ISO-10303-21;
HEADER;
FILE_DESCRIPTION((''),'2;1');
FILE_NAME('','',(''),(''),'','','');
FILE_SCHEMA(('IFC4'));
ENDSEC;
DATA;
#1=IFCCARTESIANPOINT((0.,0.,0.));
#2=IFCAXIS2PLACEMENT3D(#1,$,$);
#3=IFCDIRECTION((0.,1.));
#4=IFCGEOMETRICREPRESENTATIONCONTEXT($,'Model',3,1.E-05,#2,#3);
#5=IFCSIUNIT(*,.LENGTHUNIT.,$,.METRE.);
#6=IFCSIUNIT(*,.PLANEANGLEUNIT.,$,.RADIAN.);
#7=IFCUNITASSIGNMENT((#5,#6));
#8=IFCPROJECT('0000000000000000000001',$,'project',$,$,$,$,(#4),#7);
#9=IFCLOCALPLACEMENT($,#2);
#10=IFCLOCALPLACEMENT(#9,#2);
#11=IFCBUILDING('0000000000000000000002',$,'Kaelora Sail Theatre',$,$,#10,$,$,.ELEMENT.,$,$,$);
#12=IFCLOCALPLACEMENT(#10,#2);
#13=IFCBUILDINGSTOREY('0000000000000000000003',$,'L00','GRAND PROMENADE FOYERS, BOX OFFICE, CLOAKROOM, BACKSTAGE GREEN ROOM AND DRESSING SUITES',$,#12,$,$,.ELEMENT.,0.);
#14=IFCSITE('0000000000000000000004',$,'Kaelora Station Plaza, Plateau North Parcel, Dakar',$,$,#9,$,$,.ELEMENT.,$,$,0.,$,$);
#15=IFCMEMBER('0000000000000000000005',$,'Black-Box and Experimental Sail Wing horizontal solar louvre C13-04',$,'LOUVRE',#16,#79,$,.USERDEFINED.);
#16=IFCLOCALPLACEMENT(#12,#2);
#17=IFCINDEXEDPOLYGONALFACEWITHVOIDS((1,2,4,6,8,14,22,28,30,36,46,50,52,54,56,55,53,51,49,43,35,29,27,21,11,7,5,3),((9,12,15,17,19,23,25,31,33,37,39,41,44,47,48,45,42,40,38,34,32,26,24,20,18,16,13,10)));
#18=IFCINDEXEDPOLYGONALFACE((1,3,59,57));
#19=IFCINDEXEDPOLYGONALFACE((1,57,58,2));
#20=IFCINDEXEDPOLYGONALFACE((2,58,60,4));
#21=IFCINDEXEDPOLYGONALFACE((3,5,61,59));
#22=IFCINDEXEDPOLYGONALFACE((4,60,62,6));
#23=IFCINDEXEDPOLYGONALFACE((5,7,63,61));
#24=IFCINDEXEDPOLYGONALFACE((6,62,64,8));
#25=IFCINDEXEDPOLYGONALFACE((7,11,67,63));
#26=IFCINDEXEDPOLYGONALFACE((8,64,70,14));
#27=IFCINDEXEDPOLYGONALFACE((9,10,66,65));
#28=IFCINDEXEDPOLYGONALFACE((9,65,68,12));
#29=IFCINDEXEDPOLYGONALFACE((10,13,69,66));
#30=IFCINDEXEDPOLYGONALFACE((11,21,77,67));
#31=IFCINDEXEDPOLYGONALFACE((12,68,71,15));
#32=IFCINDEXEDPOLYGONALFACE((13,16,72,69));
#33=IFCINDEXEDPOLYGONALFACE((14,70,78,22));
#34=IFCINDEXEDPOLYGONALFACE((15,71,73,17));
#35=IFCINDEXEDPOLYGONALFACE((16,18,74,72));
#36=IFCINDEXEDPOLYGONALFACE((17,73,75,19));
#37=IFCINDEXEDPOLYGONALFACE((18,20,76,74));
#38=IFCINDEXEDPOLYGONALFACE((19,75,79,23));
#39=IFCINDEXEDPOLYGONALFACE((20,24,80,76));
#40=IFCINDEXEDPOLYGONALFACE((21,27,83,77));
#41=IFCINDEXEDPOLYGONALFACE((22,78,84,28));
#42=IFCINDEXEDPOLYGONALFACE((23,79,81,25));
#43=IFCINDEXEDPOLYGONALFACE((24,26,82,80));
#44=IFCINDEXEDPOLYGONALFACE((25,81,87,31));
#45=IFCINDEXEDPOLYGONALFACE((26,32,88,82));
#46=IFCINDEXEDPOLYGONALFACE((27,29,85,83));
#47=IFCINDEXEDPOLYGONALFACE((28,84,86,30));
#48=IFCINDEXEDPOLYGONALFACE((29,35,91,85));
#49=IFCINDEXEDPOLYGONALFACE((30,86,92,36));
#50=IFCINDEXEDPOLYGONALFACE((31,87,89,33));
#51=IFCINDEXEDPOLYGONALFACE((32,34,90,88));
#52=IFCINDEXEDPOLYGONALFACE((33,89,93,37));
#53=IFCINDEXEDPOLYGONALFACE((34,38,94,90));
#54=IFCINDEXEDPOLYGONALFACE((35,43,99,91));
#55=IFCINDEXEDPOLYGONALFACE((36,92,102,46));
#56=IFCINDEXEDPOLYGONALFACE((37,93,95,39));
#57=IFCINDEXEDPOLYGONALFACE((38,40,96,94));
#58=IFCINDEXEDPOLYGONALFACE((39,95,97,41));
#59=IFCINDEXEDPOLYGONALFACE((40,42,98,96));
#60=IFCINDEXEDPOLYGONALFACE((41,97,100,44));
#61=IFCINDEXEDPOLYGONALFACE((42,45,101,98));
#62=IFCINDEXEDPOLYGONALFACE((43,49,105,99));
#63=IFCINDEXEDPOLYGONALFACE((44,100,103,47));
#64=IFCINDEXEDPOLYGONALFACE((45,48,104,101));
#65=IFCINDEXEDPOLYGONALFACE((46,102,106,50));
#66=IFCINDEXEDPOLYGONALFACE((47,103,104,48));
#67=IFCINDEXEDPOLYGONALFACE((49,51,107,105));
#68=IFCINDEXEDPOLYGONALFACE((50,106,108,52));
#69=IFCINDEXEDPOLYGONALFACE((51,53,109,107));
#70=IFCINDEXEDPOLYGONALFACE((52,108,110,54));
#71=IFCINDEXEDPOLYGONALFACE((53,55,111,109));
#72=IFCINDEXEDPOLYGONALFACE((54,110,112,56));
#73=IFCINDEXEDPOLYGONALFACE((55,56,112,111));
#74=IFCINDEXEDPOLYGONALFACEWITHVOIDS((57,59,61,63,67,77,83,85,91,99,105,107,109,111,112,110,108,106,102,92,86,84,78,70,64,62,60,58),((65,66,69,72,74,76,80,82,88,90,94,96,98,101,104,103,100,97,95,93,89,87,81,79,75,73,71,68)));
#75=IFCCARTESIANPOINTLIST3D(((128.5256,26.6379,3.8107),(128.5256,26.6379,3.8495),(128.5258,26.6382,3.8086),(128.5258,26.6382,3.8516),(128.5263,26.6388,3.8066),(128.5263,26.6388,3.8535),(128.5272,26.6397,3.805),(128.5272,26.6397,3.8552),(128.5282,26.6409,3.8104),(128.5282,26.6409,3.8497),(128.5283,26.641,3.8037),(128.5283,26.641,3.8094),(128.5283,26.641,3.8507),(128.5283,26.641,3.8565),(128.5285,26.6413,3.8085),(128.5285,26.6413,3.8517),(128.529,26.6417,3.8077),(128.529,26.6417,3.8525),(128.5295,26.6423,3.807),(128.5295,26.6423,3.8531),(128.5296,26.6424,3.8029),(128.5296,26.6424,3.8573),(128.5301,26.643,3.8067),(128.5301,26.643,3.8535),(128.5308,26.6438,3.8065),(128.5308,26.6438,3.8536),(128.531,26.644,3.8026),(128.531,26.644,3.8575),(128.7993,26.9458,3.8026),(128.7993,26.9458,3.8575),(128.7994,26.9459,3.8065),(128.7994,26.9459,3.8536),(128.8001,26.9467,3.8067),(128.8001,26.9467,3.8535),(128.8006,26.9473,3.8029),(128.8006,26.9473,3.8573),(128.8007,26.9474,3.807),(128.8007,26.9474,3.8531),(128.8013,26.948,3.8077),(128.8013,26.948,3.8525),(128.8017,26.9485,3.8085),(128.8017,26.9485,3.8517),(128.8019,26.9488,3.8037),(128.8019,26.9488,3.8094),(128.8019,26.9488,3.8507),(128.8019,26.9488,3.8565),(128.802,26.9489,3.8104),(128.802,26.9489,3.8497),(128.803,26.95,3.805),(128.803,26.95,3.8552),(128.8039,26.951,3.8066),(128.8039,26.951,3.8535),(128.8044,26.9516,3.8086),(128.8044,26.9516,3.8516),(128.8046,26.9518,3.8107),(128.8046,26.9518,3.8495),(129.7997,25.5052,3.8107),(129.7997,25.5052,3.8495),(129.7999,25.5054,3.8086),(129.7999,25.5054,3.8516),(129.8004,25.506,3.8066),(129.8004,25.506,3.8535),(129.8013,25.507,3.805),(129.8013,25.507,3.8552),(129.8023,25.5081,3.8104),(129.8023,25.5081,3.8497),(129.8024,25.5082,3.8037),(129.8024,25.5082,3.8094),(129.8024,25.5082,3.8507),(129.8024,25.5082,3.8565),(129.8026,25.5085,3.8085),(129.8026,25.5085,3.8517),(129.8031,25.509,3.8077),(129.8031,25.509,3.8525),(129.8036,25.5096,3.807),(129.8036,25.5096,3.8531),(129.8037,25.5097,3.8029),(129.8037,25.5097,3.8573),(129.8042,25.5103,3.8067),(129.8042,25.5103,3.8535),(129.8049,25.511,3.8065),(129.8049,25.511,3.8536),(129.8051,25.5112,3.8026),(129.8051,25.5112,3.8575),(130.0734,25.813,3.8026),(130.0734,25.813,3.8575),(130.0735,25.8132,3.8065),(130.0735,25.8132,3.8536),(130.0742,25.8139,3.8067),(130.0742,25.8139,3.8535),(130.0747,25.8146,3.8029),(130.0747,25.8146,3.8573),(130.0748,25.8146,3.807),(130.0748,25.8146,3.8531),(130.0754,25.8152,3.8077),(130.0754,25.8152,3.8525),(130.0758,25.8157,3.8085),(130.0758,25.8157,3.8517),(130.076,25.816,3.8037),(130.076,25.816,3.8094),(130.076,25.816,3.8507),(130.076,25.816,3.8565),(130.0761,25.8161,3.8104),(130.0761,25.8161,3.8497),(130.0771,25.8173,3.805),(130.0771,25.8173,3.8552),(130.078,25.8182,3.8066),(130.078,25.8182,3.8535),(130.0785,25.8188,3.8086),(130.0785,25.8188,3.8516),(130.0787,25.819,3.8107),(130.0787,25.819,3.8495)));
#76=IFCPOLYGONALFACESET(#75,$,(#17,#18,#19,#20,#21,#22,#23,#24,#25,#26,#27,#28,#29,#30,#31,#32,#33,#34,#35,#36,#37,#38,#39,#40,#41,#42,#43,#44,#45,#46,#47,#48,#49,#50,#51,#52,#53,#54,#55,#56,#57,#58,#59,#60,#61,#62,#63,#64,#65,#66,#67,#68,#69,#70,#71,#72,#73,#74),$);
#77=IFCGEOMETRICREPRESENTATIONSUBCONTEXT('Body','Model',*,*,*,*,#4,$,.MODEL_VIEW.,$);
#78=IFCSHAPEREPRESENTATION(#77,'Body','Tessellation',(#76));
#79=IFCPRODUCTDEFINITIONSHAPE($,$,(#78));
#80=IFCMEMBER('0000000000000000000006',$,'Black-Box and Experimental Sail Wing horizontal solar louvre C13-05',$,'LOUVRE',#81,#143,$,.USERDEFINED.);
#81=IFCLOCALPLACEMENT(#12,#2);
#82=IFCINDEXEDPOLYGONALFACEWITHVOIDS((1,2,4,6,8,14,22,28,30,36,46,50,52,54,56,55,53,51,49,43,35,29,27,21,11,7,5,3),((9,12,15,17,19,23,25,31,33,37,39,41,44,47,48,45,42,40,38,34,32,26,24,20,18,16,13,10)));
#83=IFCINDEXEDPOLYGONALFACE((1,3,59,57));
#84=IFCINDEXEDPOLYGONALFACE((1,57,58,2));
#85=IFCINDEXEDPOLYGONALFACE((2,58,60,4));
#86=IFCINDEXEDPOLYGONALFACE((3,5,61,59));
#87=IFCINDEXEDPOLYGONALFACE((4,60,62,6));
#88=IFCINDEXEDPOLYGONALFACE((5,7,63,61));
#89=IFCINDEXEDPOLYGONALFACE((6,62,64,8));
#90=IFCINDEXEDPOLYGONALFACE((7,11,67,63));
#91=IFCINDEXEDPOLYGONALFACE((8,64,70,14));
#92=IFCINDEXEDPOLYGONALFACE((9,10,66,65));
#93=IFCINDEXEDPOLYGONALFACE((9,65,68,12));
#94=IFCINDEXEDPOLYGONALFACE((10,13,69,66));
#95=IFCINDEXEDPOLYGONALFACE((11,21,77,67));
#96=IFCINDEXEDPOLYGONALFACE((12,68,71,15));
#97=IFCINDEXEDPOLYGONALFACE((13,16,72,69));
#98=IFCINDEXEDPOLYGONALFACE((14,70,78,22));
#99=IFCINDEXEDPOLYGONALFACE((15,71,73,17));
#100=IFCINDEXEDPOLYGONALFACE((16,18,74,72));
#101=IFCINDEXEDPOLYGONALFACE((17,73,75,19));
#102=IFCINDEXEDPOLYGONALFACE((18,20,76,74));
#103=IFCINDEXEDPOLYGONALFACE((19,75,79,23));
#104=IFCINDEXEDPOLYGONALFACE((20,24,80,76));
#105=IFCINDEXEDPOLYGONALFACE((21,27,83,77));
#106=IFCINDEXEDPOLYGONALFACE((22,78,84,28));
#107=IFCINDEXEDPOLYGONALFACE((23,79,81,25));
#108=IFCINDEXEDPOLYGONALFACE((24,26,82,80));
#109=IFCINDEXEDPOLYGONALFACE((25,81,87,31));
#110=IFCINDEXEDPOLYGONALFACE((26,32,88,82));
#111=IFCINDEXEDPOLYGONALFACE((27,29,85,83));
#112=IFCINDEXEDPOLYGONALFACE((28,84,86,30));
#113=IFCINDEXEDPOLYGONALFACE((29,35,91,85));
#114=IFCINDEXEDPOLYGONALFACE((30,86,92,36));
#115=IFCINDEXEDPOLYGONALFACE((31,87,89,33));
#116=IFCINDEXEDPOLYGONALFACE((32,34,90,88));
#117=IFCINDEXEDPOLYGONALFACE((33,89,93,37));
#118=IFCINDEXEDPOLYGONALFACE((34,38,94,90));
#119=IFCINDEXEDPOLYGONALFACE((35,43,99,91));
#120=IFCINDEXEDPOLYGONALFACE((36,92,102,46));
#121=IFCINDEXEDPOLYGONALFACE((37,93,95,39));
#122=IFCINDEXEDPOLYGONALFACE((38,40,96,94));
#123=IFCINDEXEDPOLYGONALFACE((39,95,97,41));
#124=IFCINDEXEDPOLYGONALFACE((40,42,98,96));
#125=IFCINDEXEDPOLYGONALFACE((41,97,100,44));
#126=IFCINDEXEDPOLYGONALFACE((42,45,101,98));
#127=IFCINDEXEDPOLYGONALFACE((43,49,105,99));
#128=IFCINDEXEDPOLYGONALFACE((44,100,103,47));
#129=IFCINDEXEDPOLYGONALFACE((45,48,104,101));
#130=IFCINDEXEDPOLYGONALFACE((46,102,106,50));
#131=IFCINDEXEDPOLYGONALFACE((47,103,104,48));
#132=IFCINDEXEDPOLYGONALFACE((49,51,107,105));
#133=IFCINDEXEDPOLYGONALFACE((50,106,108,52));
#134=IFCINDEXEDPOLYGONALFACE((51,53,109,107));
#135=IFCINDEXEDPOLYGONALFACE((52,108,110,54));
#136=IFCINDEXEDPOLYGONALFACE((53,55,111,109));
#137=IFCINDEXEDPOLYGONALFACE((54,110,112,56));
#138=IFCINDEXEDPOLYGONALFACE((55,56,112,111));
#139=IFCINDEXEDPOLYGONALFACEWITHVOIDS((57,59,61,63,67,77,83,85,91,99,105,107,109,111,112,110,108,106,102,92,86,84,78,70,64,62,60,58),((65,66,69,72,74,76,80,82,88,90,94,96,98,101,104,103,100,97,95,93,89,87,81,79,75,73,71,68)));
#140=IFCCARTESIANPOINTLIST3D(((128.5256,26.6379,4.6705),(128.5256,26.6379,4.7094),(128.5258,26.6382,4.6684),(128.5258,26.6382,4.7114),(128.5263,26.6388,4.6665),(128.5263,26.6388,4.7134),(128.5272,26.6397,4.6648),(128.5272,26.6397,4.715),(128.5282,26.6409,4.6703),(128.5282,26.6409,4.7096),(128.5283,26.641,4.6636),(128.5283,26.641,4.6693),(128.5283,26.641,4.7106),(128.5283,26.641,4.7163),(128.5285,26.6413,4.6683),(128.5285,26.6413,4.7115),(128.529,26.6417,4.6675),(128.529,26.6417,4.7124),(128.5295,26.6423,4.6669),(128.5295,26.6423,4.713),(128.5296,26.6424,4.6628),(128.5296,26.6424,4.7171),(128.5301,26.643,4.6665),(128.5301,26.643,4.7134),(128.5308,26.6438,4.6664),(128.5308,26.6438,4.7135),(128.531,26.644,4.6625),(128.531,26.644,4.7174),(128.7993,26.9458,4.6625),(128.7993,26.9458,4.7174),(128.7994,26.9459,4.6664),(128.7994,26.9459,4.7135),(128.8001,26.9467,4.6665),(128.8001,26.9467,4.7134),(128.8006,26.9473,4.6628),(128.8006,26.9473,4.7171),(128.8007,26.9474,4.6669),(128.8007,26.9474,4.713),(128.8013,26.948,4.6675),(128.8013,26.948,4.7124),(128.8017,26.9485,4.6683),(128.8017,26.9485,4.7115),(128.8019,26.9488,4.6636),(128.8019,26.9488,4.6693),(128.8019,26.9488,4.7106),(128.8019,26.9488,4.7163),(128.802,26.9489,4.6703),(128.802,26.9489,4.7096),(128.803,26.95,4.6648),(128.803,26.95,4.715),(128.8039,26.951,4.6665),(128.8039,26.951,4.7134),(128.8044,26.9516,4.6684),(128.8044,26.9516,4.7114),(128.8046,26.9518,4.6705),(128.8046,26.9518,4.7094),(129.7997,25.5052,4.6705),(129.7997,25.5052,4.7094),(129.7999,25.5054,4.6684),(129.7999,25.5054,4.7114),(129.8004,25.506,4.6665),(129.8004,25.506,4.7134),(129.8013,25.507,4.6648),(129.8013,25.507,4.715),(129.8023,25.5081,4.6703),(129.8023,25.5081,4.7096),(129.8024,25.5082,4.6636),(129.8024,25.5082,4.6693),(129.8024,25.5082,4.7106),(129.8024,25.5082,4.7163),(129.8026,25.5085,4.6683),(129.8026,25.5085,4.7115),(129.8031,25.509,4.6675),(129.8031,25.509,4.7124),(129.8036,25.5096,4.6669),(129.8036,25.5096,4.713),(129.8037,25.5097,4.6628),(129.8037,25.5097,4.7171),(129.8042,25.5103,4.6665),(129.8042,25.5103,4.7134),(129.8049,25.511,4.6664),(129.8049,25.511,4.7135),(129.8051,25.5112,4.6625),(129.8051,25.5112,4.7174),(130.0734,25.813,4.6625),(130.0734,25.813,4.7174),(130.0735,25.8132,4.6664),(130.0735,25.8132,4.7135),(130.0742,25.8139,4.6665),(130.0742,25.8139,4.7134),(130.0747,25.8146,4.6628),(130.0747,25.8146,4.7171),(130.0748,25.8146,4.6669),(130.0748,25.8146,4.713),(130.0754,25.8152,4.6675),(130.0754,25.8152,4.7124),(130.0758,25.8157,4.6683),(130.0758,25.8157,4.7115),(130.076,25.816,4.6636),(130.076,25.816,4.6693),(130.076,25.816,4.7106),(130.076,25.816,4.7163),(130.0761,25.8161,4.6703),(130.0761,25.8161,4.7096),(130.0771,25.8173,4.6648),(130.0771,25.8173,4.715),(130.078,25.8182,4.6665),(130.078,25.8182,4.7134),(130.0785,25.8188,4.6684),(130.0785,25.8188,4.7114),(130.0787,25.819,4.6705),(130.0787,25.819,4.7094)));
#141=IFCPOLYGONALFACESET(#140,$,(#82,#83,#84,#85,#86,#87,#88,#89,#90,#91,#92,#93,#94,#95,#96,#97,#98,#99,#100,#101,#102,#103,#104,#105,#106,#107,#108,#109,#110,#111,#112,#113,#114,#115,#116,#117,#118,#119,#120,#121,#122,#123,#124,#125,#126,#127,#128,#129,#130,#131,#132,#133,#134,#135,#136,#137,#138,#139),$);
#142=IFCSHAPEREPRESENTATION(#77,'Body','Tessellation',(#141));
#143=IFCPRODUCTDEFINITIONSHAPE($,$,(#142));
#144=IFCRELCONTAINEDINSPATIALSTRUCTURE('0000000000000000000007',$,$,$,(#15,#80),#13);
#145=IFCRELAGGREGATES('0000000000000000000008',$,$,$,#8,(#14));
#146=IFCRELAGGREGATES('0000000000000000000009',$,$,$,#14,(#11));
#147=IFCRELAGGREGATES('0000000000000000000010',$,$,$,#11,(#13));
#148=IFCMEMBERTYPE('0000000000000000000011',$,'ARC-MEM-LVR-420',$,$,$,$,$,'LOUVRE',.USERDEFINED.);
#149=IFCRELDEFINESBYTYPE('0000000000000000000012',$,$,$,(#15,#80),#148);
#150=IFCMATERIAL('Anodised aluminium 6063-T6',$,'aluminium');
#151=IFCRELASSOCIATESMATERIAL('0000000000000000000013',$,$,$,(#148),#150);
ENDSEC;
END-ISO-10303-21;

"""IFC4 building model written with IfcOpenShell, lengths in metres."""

from ifc_helpers import new_model, si_unit, direction, frame, origin, origin_2d, place, context, subcontext, project, spatial, hollow_rectangle, extrude, material, material_profile, profile_set, type_object, element, save


model = new_model("IFC4")

# Units and contexts
model_context = context("Model", 3, precision=1e-05, world=origin(), true_north=direction((0.0, 1.0)))
body_context = subcontext(model_context, "Body", "Model", "MODEL_VIEW")
ifc_project = project(units=[si_unit("LENGTHUNIT", "METRE"), si_unit("PLANEANGLEUNIT", "RADIAN")], contexts=[model_context])

# Site, building, storey
site_placement = place(None, origin())
site = spatial("IfcSite", under=ifc_project, at=site_placement, Name="Kaelora Station Plaza, Plateau North Parcel, Dakar", CompositionType="ELEMENT", RefElevation=0.0)
building_placement = place(site_placement, origin())
building = spatial("IfcBuilding", under=site, at=building_placement, Name="Kaelora Sail Theatre", CompositionType="ELEMENT")
storey_placement = place(building_placement, origin())
storey = spatial("IfcBuildingStorey", under=building, at=storey_placement, Name="L00", Description="GRAND PROMENADE FOYERS, BOX OFFICE, CLOAKROOM, BACKSTAGE GREEN ROOM AND DRESSING SUITES", CompositionType="ELEMENT", Elevation=0.0)

# Members
ifc_material_1 = material(Name="Anodised aluminium 6063-T6", Category="aluminium")
ifc_material_profile_1 = material_profile(ifc_material_1, hollow_rectangle(XDim=0.4199, YDim=0.0549, WallThickness=0.0039, InnerFilletRadius=0.0039, OuterFilletRadius=0.0081, at=origin_2d()), Name="LOUVRE 420x55x4")
ifc_profile_set_1 = profile_set([ifc_material_profile_1], Name="Anodised aluminium 6063-T6")
member_type_1 = type_object("IfcMemberType", Name="ARC-MEM-LVR-420", ElementType="LOUVRE", PredefinedType="USERDEFINED", material=ifc_profile_set_1)
for number, where, z_axis, x_axis, name in (
    (1, (129.9392, 25.6621, 3.8301), (-0.747346, 0.664435, 0.0), (-0.664435, -0.747346, 0.0), "Black-Box and Experimental Sail Wing horizontal solar louvre C13-04"),
    (2, (129.9392, 25.6621, 4.6899), (-0.747346, 0.664435, 0.0), (-0.664435, -0.747346, 0.0), "Black-Box and Experimental Sail Wing horizontal solar louvre C13-05"),
):
    element("IfcMember", number, at=place(storey_placement, frame(where, z_axis=z_axis, x_axis=x_axis)), inside=storey, type_object=member_type_1, Name=name, ObjectType="LOUVRE", PredefinedType="USERDEFINED", context=body_context, shape_type="SweptSolid", body=[
        extrude(hollow_rectangle(XDim=0.4199, YDim=0.0549, WallThickness=0.0039, InnerFilletRadius=0.0039, OuterFilletRadius=0.0081, at=origin_2d()), origin(), (0.0, 0.0, 1.0), 1.7048),
    ])

save(model, "model.ifc")
